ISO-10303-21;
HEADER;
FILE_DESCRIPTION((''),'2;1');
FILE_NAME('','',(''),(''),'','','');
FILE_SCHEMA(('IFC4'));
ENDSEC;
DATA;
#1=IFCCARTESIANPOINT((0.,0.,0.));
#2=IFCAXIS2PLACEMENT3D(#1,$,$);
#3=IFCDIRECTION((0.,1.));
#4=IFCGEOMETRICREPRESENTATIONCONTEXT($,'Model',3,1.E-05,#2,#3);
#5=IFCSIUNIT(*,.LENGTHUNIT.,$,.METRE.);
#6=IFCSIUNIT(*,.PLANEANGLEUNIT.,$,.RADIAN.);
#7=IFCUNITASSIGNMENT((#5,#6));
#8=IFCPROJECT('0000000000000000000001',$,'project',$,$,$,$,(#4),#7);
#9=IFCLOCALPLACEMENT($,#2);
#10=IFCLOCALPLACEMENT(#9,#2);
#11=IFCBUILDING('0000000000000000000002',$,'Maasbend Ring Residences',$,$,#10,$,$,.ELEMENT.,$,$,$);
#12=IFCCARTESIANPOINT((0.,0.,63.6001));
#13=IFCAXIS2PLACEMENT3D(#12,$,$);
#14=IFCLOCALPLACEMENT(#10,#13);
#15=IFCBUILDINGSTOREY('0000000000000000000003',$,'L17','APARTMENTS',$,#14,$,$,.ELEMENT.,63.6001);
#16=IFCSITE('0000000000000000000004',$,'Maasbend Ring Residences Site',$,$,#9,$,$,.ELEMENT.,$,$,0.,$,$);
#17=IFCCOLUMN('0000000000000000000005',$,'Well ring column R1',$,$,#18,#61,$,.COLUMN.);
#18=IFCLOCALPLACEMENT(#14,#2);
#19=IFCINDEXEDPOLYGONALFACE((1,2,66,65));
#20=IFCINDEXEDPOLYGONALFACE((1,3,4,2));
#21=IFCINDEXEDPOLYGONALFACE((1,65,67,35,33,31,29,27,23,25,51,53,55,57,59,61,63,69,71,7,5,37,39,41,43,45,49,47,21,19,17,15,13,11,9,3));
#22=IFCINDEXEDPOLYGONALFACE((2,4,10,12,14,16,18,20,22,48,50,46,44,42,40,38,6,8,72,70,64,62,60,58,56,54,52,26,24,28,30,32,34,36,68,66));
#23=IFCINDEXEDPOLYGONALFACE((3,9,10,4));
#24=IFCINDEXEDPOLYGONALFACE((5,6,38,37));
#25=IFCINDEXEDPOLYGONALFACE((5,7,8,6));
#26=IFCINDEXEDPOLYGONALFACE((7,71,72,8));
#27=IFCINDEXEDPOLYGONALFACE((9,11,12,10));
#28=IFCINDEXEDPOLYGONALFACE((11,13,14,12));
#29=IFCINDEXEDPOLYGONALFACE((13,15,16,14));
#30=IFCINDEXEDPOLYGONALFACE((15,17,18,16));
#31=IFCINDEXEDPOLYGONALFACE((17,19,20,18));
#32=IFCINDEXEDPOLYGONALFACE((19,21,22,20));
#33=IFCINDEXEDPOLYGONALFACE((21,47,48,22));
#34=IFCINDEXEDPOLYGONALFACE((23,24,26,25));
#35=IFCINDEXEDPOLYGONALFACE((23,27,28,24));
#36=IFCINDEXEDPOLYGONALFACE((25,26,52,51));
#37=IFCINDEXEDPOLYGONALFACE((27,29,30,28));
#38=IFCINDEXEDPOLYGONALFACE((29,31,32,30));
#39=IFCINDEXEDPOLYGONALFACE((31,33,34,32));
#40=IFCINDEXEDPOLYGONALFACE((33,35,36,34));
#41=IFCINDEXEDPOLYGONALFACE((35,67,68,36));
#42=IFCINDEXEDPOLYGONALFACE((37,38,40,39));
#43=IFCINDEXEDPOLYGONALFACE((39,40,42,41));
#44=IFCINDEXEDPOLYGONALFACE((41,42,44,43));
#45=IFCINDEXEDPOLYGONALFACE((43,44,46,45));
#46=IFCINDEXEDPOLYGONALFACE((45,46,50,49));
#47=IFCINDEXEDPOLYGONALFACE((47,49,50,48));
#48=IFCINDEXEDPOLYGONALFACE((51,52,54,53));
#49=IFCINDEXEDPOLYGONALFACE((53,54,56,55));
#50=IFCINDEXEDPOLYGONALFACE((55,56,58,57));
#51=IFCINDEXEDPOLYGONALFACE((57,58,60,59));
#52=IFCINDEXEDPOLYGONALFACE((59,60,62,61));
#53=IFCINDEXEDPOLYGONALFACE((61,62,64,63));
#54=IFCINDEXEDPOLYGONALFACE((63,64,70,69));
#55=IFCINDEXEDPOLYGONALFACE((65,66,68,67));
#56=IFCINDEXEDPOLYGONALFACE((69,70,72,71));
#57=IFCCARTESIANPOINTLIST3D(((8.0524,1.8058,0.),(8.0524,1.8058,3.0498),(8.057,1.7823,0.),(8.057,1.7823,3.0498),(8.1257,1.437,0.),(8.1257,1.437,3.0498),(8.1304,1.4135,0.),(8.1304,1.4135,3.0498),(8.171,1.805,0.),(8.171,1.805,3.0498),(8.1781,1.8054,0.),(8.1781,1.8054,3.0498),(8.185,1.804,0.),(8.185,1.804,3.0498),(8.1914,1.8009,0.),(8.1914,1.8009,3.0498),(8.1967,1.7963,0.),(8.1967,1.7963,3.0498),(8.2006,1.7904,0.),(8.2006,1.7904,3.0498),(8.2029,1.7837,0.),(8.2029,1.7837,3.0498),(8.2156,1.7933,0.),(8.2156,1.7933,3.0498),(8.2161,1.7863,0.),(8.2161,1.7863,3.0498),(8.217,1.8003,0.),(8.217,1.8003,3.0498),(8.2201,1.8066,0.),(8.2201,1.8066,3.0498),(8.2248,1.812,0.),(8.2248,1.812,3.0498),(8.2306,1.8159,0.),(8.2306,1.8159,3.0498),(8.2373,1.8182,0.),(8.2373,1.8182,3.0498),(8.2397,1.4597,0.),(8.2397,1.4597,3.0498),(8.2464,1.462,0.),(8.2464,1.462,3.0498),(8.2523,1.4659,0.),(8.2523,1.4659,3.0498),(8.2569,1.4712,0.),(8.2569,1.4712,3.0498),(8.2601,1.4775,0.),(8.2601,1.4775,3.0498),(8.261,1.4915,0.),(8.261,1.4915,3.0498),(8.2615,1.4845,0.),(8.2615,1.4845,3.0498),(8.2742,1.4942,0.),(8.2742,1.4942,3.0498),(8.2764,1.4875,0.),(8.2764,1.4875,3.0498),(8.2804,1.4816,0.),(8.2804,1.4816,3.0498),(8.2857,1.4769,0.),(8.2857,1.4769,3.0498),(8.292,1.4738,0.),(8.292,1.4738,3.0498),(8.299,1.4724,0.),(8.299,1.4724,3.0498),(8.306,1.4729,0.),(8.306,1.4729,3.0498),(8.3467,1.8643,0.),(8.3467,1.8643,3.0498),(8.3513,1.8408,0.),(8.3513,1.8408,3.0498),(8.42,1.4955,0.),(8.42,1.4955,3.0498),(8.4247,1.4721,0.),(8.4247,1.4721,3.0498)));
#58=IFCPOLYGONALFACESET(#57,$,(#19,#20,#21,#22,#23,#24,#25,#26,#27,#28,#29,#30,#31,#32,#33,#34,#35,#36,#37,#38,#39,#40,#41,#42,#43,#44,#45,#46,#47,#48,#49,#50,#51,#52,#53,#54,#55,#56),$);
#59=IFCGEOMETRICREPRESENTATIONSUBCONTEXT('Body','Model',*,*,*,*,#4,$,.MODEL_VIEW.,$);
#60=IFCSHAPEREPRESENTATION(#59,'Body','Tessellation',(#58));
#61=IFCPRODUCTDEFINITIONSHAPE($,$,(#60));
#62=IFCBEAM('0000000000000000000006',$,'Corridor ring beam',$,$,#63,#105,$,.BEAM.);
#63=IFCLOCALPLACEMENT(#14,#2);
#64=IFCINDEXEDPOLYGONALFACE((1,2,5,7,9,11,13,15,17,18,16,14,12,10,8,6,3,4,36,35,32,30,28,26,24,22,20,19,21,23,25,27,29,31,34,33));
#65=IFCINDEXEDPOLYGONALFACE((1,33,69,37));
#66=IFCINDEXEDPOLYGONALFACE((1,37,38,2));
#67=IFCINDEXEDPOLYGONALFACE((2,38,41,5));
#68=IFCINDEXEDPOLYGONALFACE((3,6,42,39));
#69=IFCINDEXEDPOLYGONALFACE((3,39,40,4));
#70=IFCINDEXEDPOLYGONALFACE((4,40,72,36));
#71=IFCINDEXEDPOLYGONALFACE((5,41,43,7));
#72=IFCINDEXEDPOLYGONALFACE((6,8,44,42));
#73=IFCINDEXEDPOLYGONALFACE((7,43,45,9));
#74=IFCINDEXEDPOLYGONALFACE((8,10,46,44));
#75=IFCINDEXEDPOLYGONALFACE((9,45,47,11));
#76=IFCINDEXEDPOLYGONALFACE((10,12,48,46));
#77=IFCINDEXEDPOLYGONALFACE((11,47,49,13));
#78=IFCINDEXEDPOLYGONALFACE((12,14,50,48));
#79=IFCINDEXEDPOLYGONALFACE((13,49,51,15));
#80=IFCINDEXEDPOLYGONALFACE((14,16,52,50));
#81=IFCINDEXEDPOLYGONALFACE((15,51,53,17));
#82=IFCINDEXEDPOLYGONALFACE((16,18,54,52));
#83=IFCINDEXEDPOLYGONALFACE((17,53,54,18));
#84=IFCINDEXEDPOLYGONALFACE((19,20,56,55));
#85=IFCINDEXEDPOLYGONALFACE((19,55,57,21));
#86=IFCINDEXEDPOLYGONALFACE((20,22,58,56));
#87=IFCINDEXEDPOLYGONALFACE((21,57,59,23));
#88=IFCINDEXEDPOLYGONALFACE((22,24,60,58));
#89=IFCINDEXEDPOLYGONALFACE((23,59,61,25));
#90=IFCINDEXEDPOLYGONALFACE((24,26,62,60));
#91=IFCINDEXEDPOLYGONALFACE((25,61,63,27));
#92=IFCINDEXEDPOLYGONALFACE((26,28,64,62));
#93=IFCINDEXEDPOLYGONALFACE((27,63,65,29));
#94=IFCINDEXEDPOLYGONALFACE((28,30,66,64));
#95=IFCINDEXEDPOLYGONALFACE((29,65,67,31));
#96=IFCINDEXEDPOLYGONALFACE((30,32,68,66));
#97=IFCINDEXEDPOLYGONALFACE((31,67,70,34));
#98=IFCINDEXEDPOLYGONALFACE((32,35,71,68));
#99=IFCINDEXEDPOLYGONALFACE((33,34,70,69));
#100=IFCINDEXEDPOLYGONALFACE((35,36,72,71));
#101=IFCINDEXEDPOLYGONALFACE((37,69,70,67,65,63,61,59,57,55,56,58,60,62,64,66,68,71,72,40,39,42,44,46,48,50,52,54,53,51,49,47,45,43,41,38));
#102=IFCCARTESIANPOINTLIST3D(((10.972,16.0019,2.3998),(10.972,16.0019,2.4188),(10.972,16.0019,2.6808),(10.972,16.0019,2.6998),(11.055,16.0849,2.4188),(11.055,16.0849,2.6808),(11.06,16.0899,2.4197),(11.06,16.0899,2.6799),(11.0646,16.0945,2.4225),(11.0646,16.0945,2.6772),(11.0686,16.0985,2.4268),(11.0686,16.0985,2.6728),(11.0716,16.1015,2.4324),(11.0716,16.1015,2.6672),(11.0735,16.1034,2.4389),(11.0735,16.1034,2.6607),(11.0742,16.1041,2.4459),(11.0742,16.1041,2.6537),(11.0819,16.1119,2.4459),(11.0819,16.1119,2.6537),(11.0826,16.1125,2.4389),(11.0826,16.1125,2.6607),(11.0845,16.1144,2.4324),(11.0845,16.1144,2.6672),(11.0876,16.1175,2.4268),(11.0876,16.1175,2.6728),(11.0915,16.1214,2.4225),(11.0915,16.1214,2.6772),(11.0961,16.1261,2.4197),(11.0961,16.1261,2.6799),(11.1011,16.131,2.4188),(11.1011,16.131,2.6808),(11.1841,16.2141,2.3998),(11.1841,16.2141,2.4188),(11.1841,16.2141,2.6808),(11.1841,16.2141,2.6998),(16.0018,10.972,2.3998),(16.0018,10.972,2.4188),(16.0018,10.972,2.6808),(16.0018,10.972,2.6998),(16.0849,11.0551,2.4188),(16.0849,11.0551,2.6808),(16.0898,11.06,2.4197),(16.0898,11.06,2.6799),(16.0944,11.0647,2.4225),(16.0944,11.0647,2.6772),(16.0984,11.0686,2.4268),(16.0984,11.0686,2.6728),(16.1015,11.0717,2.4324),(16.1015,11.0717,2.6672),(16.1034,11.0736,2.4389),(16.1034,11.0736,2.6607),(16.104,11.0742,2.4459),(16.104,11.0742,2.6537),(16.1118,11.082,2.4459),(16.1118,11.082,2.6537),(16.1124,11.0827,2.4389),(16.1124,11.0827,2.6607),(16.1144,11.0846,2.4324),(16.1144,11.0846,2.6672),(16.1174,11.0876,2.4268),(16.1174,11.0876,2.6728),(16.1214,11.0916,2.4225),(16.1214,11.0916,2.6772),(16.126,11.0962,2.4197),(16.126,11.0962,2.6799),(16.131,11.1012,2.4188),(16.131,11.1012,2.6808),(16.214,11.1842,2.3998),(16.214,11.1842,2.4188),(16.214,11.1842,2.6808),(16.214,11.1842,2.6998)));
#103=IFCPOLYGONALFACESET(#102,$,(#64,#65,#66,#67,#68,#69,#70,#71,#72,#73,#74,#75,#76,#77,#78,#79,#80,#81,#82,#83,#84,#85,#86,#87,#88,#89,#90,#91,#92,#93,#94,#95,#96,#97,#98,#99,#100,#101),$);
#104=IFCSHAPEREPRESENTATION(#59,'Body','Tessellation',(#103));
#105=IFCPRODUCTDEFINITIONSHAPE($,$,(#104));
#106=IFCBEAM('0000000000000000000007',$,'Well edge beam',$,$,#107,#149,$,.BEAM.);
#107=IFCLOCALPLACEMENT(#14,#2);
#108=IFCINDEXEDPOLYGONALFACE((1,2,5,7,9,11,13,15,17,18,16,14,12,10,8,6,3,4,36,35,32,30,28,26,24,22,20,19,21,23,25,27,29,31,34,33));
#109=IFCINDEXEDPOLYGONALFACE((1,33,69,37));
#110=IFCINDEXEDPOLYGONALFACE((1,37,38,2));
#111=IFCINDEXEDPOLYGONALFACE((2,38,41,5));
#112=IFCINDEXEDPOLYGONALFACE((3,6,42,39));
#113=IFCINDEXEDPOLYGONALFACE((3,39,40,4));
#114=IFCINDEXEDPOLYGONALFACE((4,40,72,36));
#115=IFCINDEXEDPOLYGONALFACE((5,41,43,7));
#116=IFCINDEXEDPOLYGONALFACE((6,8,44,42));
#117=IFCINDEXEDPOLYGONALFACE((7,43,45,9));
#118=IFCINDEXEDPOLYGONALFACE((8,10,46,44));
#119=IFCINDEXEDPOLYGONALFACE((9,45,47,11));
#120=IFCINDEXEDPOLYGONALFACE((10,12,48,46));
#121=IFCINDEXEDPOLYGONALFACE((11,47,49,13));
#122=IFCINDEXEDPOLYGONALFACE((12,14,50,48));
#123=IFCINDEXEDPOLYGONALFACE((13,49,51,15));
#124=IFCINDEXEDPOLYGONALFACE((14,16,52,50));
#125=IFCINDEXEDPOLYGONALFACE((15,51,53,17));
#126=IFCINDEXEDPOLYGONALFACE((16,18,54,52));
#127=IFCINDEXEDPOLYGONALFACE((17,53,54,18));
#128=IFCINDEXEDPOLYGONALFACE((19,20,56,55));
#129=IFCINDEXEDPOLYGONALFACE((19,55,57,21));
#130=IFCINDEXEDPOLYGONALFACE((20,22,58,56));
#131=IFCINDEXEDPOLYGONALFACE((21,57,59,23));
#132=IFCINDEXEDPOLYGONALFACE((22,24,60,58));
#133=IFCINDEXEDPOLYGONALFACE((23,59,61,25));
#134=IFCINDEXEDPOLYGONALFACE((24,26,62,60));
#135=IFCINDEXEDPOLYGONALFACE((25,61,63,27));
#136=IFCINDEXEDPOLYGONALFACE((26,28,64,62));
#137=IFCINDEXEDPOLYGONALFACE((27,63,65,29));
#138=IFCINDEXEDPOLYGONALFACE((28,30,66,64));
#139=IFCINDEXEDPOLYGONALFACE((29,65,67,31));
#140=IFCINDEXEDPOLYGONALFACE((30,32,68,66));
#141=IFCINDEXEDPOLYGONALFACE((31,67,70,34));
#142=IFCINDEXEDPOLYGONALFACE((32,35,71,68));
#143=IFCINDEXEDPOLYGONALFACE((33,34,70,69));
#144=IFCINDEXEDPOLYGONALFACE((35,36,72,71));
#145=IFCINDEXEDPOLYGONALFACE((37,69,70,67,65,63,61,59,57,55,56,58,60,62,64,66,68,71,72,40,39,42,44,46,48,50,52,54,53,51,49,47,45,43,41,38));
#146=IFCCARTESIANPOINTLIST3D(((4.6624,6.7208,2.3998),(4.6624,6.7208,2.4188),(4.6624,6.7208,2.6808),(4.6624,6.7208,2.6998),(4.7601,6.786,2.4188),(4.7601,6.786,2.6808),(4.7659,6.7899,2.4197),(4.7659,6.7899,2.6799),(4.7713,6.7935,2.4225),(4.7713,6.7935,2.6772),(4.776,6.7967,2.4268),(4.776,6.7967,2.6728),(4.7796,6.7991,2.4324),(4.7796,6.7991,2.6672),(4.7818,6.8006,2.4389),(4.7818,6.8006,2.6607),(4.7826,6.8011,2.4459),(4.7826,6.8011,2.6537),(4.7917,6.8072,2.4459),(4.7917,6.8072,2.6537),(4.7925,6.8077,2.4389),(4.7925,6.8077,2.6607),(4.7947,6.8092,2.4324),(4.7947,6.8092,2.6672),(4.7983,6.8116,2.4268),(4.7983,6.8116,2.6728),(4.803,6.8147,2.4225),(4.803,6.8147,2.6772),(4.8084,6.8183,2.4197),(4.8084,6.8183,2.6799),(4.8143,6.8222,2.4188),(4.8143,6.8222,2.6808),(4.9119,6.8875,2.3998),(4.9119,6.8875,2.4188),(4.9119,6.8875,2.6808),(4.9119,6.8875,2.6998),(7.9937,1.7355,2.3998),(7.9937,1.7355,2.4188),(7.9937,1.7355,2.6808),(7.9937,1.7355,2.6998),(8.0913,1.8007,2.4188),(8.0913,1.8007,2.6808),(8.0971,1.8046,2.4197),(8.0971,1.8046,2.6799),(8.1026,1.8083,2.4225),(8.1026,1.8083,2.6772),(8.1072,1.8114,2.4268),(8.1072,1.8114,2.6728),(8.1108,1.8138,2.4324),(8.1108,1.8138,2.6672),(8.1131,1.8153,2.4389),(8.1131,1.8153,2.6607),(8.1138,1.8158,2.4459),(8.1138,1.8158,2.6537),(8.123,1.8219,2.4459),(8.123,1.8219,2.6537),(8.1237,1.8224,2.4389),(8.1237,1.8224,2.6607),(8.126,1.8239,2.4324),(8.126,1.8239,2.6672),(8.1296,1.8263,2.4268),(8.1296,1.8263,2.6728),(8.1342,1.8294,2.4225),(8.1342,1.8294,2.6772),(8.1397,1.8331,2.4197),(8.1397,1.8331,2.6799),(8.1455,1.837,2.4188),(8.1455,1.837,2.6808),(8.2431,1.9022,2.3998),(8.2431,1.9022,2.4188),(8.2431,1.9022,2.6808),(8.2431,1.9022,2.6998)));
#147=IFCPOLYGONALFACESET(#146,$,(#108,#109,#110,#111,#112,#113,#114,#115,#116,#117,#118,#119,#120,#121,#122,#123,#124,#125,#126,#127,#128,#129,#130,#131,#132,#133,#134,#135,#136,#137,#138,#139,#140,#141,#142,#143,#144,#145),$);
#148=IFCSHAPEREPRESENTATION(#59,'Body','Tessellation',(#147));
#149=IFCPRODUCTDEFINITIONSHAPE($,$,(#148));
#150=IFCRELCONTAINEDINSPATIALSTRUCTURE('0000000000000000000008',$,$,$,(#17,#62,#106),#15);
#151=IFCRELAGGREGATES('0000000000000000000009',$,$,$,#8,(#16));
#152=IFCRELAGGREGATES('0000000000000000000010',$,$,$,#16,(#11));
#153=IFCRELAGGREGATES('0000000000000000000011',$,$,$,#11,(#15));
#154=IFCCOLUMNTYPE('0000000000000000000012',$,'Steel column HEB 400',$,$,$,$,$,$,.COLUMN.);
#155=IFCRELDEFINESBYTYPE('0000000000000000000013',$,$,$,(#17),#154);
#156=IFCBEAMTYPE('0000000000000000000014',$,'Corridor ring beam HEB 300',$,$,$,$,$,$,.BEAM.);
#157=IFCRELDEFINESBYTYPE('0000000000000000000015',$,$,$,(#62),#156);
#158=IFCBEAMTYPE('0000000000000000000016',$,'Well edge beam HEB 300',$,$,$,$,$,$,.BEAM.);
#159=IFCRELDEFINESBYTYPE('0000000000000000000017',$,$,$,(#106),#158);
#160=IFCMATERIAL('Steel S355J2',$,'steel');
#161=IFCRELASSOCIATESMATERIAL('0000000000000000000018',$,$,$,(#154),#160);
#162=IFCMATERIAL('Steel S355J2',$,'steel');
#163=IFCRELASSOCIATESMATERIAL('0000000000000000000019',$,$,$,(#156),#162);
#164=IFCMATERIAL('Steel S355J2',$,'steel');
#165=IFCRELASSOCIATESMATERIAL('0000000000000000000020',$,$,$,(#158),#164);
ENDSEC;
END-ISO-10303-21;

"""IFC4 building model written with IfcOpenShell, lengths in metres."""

from ifc_helpers import new_model, si_unit, direction, frame, origin, origin_2d, place, context, subcontext, project, spatial, i_section, extrude, material, material_profile, profile_set, type_object, element, save


model = new_model("IFC4")

# Units and contexts
model_context = context("Model", 3, precision=1e-05, world=origin(), true_north=direction((0.0, 1.0)))
body_context = subcontext(model_context, "Body", "Model", "MODEL_VIEW")
ifc_project = project(units=[si_unit("LENGTHUNIT", "METRE"), si_unit("PLANEANGLEUNIT", "RADIAN")], contexts=[model_context])

# Site, building, storey
site_placement = place(None, origin())
site = spatial("IfcSite", under=ifc_project, at=site_placement, Name="Maasbend Ring Residences Site", CompositionType="ELEMENT", RefElevation=0.0)
building_placement = place(site_placement, origin())
building = spatial("IfcBuilding", under=site, at=building_placement, Name="Maasbend Ring Residences", CompositionType="ELEMENT")
storey_placement = place(building_placement, frame((0.0, 0.0, 63.6001)))
storey = spatial("IfcBuildingStorey", under=building, at=storey_placement, Name="L17", Description="APARTMENTS", CompositionType="ELEMENT", Elevation=63.6001)

# Column
ifc_material_1 = material(Name="Steel S355J2", Category="steel")
ifc_material_profile_1 = material_profile(ifc_material_1, i_section(OverallWidth=0.3, OverallDepth=0.3999, WebThickness=0.0134, FlangeThickness=0.0239, FilletRadius=0.0271, at=origin_2d()), Name="HEB 400")
ifc_profile_set_1 = profile_set([ifc_material_profile_1], Name="Steel S355J2")
column_type = type_object("IfcColumnType", Name="Steel column HEB 400", PredefinedType="COLUMN", material=ifc_profile_set_1)
column_placement = place(storey_placement, frame((8.2385, 1.6389, 0.0), z_axis=(0.0, 0.0, 1.0), x_axis=(0.980785, 0.19509, 0.0)))
element("IfcColumn", 1, at=column_placement, inside=storey, type_object=column_type, Name="Well ring column R1", PredefinedType="COLUMN", context=body_context, shape_type="SweptSolid", body=[
    extrude(i_section(OverallWidth=0.3, OverallDepth=0.3999, WebThickness=0.0134, FlangeThickness=0.0239, FilletRadius=0.0271, at=origin_2d()), origin(), (0.0, 0.0, 1.0), 3.0498),
])

# Beams
ifc_material_2 = material(Name="Steel S355J2", Category="steel")
ifc_material_profile_2 = material_profile(ifc_material_2, i_section(OverallWidth=0.3, OverallDepth=0.3, WebThickness=0.011, FlangeThickness=0.019, FilletRadius=0.0271, at=origin_2d()), Name="HEB 300")
ifc_profile_set_2 = profile_set([ifc_material_profile_2], Name="Steel S355J2")
beam_type_1 = type_object("IfcBeamType", Name="Corridor ring beam HEB 300", PredefinedType="BEAM", material=ifc_profile_set_2)
beam_1_placement = place(storey_placement, frame((16.1079, 11.0781, 2.5498), z_axis=(-0.707107, 0.707107, 0.0), x_axis=(-0.707107, -0.707107, 0.0)))
element("IfcBeam", 2, at=beam_1_placement, inside=storey, type_object=beam_type_1, Name="Corridor ring beam", PredefinedType="BEAM", context=body_context, shape_type="SweptSolid", body=[
    extrude(i_section(OverallWidth=0.3, OverallDepth=0.3, WebThickness=0.011, FlangeThickness=0.019, FilletRadius=0.0271, at=origin_2d()), origin(), (0.0, 0.0, 1.0), 7.1133),
])
ifc_material_3 = material(Name="Steel S355J2", Category="steel")
ifc_material_profile_3 = material_profile(ifc_material_3, i_section(OverallWidth=0.3, OverallDepth=0.3, WebThickness=0.011, FlangeThickness=0.019, FilletRadius=0.0271, at=origin_2d()), Name="HEB 300")
ifc_profile_set_3 = profile_set([ifc_material_profile_3], Name="Steel S355J2")
beam_type_2 = type_object("IfcBeamType", Name="Well edge beam HEB 300", PredefinedType="BEAM", material=ifc_profile_set_3)
beam_2_placement = place(storey_placement, frame((8.1184, 1.8188, 2.5498), z_axis=(-0.555593, 0.831455, 0.0), x_axis=(-0.831455, -0.555593, 0.0)))
element("IfcBeam", 3, at=beam_2_placement, inside=storey, type_object=beam_type_2, Name="Well edge beam", PredefinedType="BEAM", context=body_context, shape_type="SweptSolid", body=[
    extrude(i_section(OverallWidth=0.3, OverallDepth=0.3, WebThickness=0.011, FlangeThickness=0.019, FilletRadius=0.0271, at=origin_2d()), origin(), (0.0, 0.0, 1.0), 5.9958),
])

save(model, "model.ifc")
